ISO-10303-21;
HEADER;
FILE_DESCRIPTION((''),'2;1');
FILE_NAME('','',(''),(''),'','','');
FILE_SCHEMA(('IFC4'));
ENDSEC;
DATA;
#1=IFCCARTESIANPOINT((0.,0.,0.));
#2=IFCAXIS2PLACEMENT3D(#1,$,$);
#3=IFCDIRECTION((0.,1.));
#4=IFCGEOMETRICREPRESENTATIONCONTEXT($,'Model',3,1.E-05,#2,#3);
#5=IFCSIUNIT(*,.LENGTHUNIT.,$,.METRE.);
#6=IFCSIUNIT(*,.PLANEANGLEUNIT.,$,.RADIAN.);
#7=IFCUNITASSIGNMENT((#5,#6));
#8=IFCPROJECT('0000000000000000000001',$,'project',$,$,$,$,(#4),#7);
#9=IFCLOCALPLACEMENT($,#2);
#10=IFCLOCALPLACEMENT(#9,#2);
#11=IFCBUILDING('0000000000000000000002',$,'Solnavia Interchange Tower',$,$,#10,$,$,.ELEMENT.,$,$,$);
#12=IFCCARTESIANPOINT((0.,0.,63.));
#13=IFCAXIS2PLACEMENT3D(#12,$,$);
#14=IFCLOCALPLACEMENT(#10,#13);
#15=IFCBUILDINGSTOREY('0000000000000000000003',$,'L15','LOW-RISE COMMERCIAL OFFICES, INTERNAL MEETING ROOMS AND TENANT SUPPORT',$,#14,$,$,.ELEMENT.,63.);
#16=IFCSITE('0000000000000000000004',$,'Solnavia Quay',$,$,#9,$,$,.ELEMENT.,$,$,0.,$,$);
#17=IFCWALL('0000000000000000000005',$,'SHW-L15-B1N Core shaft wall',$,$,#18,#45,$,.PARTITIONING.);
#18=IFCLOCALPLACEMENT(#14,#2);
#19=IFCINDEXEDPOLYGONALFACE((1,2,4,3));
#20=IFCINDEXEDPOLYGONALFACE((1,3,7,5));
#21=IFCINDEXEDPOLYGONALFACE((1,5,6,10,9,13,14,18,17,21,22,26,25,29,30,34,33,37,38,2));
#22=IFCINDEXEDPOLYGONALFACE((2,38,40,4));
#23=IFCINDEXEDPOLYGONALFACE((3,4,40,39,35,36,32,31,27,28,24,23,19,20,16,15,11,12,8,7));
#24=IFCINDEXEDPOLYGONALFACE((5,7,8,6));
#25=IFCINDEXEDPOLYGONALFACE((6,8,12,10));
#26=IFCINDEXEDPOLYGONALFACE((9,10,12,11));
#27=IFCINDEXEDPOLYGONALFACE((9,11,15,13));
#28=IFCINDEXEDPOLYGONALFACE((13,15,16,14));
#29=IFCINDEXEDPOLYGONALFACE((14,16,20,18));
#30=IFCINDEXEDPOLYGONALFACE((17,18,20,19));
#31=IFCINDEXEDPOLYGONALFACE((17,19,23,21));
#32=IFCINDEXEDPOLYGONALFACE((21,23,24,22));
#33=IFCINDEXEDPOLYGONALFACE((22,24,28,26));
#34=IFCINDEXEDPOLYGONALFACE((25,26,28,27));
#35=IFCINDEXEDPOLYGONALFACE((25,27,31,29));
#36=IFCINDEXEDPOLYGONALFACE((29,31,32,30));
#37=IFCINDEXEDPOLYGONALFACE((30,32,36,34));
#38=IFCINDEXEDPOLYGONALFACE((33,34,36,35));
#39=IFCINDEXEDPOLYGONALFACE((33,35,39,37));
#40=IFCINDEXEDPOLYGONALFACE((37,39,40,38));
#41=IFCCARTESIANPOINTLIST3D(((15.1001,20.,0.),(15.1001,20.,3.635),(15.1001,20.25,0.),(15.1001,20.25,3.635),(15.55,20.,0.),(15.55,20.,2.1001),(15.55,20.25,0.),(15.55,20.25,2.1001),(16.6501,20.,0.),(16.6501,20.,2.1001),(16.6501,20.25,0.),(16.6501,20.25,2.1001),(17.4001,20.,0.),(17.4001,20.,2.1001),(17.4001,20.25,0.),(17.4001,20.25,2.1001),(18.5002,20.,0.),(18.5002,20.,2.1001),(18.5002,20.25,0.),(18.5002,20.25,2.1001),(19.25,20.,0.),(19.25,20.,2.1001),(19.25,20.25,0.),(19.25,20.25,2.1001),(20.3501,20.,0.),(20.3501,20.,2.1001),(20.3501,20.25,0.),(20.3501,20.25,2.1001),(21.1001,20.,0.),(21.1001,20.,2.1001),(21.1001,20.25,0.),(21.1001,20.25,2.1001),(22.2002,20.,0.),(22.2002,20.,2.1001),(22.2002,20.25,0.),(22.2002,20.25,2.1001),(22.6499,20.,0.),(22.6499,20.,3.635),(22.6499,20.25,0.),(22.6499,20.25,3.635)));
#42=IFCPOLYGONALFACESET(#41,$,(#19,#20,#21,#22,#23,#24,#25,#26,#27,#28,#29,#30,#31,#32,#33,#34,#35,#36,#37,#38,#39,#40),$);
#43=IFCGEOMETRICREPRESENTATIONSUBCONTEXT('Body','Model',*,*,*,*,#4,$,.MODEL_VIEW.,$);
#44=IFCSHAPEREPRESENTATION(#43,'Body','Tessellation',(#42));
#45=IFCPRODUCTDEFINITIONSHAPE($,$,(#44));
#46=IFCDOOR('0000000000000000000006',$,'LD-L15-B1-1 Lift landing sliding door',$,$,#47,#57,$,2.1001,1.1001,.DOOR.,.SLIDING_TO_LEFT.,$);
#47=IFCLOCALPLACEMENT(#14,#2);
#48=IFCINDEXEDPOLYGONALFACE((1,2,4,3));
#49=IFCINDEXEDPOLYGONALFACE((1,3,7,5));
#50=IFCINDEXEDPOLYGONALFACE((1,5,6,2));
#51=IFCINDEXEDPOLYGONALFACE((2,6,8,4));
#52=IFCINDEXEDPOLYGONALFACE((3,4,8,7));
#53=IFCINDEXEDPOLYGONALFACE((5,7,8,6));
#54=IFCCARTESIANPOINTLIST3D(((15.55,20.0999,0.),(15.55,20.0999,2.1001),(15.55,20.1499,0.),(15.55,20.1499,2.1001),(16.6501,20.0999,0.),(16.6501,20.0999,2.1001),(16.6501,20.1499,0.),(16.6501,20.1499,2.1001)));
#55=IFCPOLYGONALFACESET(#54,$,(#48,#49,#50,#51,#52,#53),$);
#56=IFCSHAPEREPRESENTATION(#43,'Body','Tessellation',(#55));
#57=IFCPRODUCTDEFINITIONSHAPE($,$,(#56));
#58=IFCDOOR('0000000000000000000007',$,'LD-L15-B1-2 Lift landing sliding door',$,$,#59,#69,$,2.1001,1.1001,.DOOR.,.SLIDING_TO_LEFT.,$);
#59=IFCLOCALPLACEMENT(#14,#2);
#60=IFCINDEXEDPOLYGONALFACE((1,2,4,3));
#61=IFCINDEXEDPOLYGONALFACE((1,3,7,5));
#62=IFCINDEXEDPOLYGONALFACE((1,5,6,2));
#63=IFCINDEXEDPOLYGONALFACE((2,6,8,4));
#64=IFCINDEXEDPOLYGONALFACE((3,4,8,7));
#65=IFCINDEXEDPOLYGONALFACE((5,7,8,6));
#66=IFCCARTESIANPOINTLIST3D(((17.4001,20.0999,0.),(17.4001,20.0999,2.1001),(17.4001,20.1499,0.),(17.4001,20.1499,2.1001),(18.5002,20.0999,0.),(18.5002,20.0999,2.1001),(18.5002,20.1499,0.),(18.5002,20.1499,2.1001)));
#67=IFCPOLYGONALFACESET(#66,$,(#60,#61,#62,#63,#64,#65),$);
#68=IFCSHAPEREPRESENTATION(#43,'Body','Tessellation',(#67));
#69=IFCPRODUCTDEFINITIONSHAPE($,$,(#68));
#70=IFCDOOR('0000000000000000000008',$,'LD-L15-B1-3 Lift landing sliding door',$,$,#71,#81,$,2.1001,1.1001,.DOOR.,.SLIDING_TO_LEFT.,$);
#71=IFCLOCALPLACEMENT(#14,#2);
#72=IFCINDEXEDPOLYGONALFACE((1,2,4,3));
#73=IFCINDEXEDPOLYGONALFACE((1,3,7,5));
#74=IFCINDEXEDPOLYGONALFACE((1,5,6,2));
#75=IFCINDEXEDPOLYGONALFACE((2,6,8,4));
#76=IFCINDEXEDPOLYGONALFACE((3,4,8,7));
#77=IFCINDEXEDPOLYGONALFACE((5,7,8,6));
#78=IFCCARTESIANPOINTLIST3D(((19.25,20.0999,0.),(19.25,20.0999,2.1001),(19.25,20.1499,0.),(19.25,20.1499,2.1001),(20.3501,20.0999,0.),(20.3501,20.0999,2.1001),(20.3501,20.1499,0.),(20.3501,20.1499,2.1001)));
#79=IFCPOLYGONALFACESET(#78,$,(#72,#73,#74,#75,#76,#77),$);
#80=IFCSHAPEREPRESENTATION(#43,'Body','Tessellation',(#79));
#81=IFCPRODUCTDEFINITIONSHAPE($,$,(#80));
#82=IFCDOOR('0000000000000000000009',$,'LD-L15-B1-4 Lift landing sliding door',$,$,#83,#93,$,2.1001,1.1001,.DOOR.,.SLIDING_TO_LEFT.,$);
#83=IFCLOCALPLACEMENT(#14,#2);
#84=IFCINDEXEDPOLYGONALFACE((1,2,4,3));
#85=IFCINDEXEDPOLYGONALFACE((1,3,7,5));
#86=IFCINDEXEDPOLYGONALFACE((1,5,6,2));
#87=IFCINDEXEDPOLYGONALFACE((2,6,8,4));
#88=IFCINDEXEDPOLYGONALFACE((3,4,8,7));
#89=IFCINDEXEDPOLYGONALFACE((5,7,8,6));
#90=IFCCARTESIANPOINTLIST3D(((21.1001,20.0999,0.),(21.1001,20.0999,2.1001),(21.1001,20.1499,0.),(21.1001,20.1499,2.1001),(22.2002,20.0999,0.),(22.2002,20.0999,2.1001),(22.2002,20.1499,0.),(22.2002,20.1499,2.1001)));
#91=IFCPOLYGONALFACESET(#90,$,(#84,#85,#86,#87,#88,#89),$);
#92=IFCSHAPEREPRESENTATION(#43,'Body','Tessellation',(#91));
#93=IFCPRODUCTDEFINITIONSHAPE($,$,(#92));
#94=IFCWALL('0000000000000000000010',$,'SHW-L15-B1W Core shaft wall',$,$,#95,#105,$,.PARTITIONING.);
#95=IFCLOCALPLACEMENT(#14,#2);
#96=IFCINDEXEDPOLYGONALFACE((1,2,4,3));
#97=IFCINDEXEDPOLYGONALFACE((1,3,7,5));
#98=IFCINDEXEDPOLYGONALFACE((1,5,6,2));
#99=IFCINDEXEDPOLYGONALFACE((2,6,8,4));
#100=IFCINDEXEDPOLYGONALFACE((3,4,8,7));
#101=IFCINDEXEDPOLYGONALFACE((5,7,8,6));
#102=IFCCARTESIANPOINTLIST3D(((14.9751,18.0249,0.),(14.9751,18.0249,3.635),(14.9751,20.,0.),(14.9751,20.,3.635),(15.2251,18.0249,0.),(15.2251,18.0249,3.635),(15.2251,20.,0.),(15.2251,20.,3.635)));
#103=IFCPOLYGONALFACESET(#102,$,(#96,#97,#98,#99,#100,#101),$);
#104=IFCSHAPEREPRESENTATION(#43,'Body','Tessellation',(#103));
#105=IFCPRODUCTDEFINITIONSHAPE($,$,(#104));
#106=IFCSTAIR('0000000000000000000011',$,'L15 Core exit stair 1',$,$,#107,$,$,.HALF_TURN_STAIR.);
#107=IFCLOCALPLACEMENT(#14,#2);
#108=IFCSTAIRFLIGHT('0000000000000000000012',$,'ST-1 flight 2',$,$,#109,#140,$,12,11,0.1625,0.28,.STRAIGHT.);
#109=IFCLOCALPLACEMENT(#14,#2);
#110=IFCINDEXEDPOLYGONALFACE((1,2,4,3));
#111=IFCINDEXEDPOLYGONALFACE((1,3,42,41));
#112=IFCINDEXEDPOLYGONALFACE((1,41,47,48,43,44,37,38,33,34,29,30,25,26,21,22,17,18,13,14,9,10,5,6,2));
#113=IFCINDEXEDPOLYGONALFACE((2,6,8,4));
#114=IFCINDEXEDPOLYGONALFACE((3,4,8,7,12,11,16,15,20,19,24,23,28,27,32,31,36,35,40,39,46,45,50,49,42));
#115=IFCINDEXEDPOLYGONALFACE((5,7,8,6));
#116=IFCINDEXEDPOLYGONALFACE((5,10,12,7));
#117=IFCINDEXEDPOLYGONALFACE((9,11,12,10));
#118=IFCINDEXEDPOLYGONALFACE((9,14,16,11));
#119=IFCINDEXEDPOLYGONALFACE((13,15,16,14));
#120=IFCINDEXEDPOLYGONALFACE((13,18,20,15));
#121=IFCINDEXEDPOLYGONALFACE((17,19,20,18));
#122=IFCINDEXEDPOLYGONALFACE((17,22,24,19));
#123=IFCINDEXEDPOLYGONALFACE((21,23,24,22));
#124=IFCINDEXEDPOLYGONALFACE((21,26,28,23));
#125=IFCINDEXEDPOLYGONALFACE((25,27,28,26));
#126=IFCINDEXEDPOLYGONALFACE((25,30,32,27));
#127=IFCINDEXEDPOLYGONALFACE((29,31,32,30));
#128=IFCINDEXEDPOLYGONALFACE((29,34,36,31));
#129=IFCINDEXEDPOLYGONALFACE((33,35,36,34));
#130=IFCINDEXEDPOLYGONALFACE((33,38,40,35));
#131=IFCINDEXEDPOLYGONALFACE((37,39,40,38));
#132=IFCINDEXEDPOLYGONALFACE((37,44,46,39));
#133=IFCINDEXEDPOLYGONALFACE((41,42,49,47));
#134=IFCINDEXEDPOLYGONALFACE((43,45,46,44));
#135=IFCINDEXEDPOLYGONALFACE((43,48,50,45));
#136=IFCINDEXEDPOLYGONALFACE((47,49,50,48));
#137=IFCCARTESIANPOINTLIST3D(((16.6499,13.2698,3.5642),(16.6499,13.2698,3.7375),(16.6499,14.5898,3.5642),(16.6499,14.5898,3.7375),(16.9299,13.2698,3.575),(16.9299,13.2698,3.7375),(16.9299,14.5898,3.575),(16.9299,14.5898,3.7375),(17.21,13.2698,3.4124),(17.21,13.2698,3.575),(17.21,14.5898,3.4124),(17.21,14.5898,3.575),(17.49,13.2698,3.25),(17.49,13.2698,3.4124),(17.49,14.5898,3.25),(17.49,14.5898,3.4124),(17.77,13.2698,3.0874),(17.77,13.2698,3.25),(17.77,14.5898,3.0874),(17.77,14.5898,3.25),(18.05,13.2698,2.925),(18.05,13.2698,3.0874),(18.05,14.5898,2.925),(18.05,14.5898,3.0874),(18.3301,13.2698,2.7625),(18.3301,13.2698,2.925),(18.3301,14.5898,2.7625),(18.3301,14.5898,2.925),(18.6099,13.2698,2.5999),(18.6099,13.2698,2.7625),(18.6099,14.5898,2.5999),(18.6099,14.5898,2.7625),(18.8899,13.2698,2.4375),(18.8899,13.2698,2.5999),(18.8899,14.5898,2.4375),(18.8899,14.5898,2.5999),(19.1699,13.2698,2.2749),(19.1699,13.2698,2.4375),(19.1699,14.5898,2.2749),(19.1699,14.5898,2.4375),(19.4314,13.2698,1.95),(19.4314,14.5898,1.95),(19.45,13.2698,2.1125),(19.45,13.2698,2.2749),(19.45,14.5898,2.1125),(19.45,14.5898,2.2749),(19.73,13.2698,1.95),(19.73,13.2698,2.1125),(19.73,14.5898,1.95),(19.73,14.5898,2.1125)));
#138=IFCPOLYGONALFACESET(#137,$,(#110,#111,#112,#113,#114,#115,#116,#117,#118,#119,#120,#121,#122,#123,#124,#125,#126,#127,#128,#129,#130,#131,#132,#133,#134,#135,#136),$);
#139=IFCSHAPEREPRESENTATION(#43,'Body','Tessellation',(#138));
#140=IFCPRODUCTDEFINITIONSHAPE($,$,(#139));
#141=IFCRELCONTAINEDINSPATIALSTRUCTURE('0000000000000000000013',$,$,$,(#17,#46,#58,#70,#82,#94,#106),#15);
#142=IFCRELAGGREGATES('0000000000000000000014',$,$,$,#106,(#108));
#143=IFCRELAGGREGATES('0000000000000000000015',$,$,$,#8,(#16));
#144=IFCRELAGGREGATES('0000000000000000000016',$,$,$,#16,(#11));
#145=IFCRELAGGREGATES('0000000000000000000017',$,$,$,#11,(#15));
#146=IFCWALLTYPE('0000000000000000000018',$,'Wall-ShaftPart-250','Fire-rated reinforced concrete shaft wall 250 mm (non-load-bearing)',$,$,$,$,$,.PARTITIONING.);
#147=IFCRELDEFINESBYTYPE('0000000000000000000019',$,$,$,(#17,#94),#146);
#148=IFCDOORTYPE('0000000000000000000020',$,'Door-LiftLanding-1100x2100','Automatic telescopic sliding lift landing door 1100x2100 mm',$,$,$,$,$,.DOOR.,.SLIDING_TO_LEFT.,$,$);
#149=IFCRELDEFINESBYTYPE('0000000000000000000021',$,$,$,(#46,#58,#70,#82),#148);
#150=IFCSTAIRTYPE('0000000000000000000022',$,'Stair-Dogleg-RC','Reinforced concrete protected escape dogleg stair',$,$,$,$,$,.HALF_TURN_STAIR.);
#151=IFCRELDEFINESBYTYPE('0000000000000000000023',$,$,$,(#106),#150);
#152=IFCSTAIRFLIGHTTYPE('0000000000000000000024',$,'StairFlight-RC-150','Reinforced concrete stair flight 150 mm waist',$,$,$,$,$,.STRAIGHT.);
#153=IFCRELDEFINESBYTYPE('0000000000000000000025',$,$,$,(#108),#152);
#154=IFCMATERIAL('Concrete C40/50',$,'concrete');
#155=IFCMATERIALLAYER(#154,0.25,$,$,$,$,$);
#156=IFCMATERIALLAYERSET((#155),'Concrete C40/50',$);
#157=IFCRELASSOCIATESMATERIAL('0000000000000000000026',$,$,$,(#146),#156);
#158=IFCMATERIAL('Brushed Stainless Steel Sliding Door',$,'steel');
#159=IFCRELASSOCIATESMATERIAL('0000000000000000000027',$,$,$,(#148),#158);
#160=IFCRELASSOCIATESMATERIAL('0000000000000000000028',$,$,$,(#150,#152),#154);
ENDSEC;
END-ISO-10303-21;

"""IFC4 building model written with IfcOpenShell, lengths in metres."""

from ifc_helpers import new_model, si_unit, direction, frame, frame_2d, origin, place, context, subcontext, project, spatial, polyline, rectangle, outline, extrude, material, layer, layer_set, type_object, element, fill, aggregate, save


model = new_model("IFC4")

# Units and contexts
model_context = context("Model", 3, precision=1e-05, world=origin(), true_north=direction((0.0, 1.0)))
body_context = subcontext(model_context, "Body", "Model", "MODEL_VIEW")
ifc_project = project(units=[si_unit("LENGTHUNIT", "METRE"), si_unit("PLANEANGLEUNIT", "RADIAN")], contexts=[model_context])

# Site, building, storey
site_placement = place(None, origin())
site = spatial("IfcSite", under=ifc_project, at=site_placement, Name="Solnavia Quay", CompositionType="ELEMENT", RefElevation=0.0)
building_placement = place(site_placement, origin())
building = spatial("IfcBuilding", under=site, at=building_placement, Name="Solnavia Interchange Tower", CompositionType="ELEMENT")
storey_placement = place(building_placement, frame((0.0, 0.0, 63.0)))
storey = spatial("IfcBuildingStorey", under=building, at=storey_placement, Name="L15", Description="LOW-RISE COMMERCIAL OFFICES, INTERNAL MEETING ROOMS AND TENANT SUPPORT", CompositionType="ELEMENT", Elevation=63.0)

# Shared definitions
ifc_material_1 = material(Name="Concrete C40/50", Category="concrete")

# Shared definitions
ifc_layer_1 = layer(ifc_material_1, 0.25)
ifc_layer_set_1 = layer_set([ifc_layer_1], Name="Concrete C40/50")
wall_type_1 = type_object("IfcWallType", Name="Wall-ShaftPart-250", Description="Fire-rated reinforced concrete shaft wall 250 mm (non-load-bearing)", PredefinedType="PARTITIONING", material=ifc_layer_set_1)

# Shared definitions
ifc_material_2 = material(Name="Brushed Stainless Steel Sliding Door", Category="steel")
door_type_1 = type_object("IfcDoorType", Name="Door-LiftLanding-1100x2100", Description="Automatic telescopic sliding lift landing door 1100x2100 mm", OperationType="SLIDING_TO_LEFT", PredefinedType="DOOR", material=ifc_material_2)

# Wall, openings, doors
wall_1_placement = place(storey_placement, frame((15.1001, 20.125, 0.0), z_axis=(0.0, 0.0, 1.0), x_axis=(1.0, 0.0, 0.0)))
wall_1 = element("IfcWall", 1, at=wall_1_placement, inside=storey, type_object=wall_type_1, Name="SHW-L15-B1N Core shaft wall", PredefinedType="PARTITIONING", context=body_context, shape_type="SweptSolid", body=[
    extrude(rectangle(XDim=7.5498, YDim=0.25, at=frame_2d((3.7749, 0.0))), origin(), (0.0, 0.0, 1.0), 3.635),
])
opening_1_placement = place(wall_1_placement, frame((0.45, 0.0, 0.0)))
opening_1 = element("IfcOpeningElement", 2, at=opening_1_placement, cuts=wall_1, PredefinedType="OPENING", context=body_context, shape_type="SweptSolid", body=[
    extrude(rectangle(XDim=1.1001, YDim=2.1001, at=frame_2d((0.55, 1.05))), frame((0.0, 0.135, 0.0), z_axis=(0.0, -1.0, 0.0), x_axis=(1.0, 0.0, 0.0)), (0.0, 0.0, 1.0), 0.27),
])
opening_2_placement = place(wall_1_placement, frame((2.3, 0.0, 0.0)))
opening_2 = element("IfcOpeningElement", 3, at=opening_2_placement, cuts=wall_1, PredefinedType="OPENING", context=body_context, shape_type="SweptSolid", body=[
    extrude(rectangle(XDim=1.1001, YDim=2.1001, at=frame_2d((0.55, 1.05))), frame((0.0, 0.135, 0.0), z_axis=(0.0, -1.0, 0.0), x_axis=(1.0, 0.0, 0.0)), (0.0, 0.0, 1.0), 0.27),
])
opening_3_placement = place(wall_1_placement, frame((4.1499, 0.0, 0.0)))
opening_3 = element("IfcOpeningElement", 4, at=opening_3_placement, cuts=wall_1, PredefinedType="OPENING", context=body_context, shape_type="SweptSolid", body=[
    extrude(rectangle(XDim=1.1001, YDim=2.1001, at=frame_2d((0.55, 1.05))), frame((0.0, 0.135, 0.0), z_axis=(0.0, -1.0, 0.0), x_axis=(1.0, 0.0, 0.0)), (0.0, 0.0, 1.0), 0.27),
])
opening_4_placement = place(wall_1_placement, frame((6.0, 0.0, 0.0)))
opening_4 = element("IfcOpeningElement", 5, at=opening_4_placement, cuts=wall_1, PredefinedType="OPENING", context=body_context, shape_type="SweptSolid", body=[
    extrude(rectangle(XDim=1.1001, YDim=2.1001, at=frame_2d((0.55, 1.05))), frame((0.0, 0.135, 0.0), z_axis=(0.0, -1.0, 0.0), x_axis=(1.0, 0.0, 0.0)), (0.0, 0.0, 1.0), 0.27),
])
door_1_placement = place(opening_1_placement, origin())
door_1 = element("IfcDoor", 6, at=door_1_placement, inside=storey, type_object=door_type_1, Name="LD-L15-B1-1 Lift landing sliding door", OperationType="SLIDING_TO_LEFT", OverallHeight=2.1001, OverallWidth=1.1001, PredefinedType="DOOR", context=body_context, shape_type="SweptSolid", body=[
    extrude(rectangle(XDim=1.1001, YDim=2.1001, at=frame_2d((0.55, 1.05))), frame((0.0, 0.0249, 0.0), z_axis=(0.0, -1.0, 0.0), x_axis=(1.0, 0.0, 0.0)), (0.0, 0.0, 1.0), 0.05),
])
fill(opening_1, door_1)
door_2_placement = place(opening_2_placement, origin())
door_2 = element("IfcDoor", 7, at=door_2_placement, inside=storey, type_object=door_type_1, Name="LD-L15-B1-2 Lift landing sliding door", OperationType="SLIDING_TO_LEFT", OverallHeight=2.1001, OverallWidth=1.1001, PredefinedType="DOOR", context=body_context, shape_type="SweptSolid", body=[
    extrude(rectangle(XDim=1.1001, YDim=2.1001, at=frame_2d((0.55, 1.05))), frame((0.0, 0.0249, 0.0), z_axis=(0.0, -1.0, 0.0), x_axis=(1.0, 0.0, 0.0)), (0.0, 0.0, 1.0), 0.05),
])
fill(opening_2, door_2)
door_3_placement = place(opening_3_placement, origin())
door_3 = element("IfcDoor", 8, at=door_3_placement, inside=storey, type_object=door_type_1, Name="LD-L15-B1-3 Lift landing sliding door", OperationType="SLIDING_TO_LEFT", OverallHeight=2.1001, OverallWidth=1.1001, PredefinedType="DOOR", context=body_context, shape_type="SweptSolid", body=[
    extrude(rectangle(XDim=1.1001, YDim=2.1001, at=frame_2d((0.55, 1.05))), frame((0.0, 0.0249, 0.0), z_axis=(0.0, -1.0, 0.0), x_axis=(1.0, 0.0, 0.0)), (0.0, 0.0, 1.0), 0.05),
])
fill(opening_3, door_3)
door_4_placement = place(opening_4_placement, origin())
door_4 = element("IfcDoor", 9, at=door_4_placement, inside=storey, type_object=door_type_1, Name="LD-L15-B1-4 Lift landing sliding door", OperationType="SLIDING_TO_LEFT", OverallHeight=2.1001, OverallWidth=1.1001, PredefinedType="DOOR", context=body_context, shape_type="SweptSolid", body=[
    extrude(rectangle(XDim=1.1001, YDim=2.1001, at=frame_2d((0.55, 1.05))), frame((0.0, 0.0249, 0.0), z_axis=(0.0, -1.0, 0.0), x_axis=(1.0, 0.0, 0.0)), (0.0, 0.0, 1.0), 0.05),
])
fill(opening_4, door_4)

# Wall
wall_2_placement = place(storey_placement, frame((15.1001, 18.0249, 0.0), z_axis=(0.0, 0.0, 1.0), x_axis=(0.0, 1.0, 0.0)))
element("IfcWall", 10, at=wall_2_placement, inside=storey, type_object=wall_type_1, Name="SHW-L15-B1W Core shaft wall", PredefinedType="PARTITIONING", context=body_context, shape_type="SweptSolid", body=[
    extrude(rectangle(XDim=1.9751, YDim=0.25, at=frame_2d((0.9875, 0.0))), origin(), (0.0, 0.0, 1.0), 3.635),
])

# Stair, stair flight
stair_type = type_object("IfcStairType", Name="Stair-Dogleg-RC", Description="Reinforced concrete protected escape dogleg stair", PredefinedType="HALF_TURN_STAIR", material=ifc_material_1)
stair_placement = place(storey_placement, origin())
stair = element("IfcStair", 11, at=stair_placement, inside=storey, type_object=stair_type, Name="L15 Core exit stair 1", PredefinedType="HALF_TURN_STAIR")
stair_flight_type = type_object("IfcStairFlightType", Name="StairFlight-RC-150", Description="Reinforced concrete stair flight 150 mm waist", PredefinedType="STRAIGHT", material=ifc_material_1)
stair_flight_placement = place(storey_placement, frame((19.73, 13.9299, 1.95), z_axis=(0.0, 0.0, 1.0), x_axis=(-1.0, 0.0, 0.0)))
stair_flight = element("IfcStairFlight", 12, at=stair_flight_placement, type_object=stair_flight_type, Name="ST-1 flight 2", NumberOfRisers=12, NumberOfTreads=11, PredefinedType="STRAIGHT", RiserHeight=0.1625, TreadLength=0.28, context=body_context, shape_type="SweptSolid", body=[
    extrude(outline(polyline([(0.0, 0.0), (0.0, 0.1626), (0.28, 0.1626), (0.28, 0.325), (0.5601, 0.325), (0.5601, 0.4875), (0.8401, 0.4875), (0.8401, 0.6499), (1.1201, 0.6499), (1.1201, 0.8125), (1.3999, 0.8125), (1.3999, 0.9751), (1.6799, 0.9751), (1.6799, 1.1375), (1.96, 1.1375), (1.96, 1.3), (2.24, 1.3), (2.24, 1.4624), (2.52, 1.4624), (2.52, 1.625), (2.8, 1.625), (2.8, 1.7876), (3.0801, 1.7876), (3.0801, 1.95), (3.0801, 1.6143), (0.2986, 0.0), (0.0, 0.0)])), frame((0.0, 0.6602, 0.0), z_axis=(0.0, -1.0, 0.0), x_axis=(1.0, 0.0, 0.0)), (0.0, 0.0, 1.0), 1.3201),
])
aggregate(stair, [stair_flight])

save(model, "model.ifc")
